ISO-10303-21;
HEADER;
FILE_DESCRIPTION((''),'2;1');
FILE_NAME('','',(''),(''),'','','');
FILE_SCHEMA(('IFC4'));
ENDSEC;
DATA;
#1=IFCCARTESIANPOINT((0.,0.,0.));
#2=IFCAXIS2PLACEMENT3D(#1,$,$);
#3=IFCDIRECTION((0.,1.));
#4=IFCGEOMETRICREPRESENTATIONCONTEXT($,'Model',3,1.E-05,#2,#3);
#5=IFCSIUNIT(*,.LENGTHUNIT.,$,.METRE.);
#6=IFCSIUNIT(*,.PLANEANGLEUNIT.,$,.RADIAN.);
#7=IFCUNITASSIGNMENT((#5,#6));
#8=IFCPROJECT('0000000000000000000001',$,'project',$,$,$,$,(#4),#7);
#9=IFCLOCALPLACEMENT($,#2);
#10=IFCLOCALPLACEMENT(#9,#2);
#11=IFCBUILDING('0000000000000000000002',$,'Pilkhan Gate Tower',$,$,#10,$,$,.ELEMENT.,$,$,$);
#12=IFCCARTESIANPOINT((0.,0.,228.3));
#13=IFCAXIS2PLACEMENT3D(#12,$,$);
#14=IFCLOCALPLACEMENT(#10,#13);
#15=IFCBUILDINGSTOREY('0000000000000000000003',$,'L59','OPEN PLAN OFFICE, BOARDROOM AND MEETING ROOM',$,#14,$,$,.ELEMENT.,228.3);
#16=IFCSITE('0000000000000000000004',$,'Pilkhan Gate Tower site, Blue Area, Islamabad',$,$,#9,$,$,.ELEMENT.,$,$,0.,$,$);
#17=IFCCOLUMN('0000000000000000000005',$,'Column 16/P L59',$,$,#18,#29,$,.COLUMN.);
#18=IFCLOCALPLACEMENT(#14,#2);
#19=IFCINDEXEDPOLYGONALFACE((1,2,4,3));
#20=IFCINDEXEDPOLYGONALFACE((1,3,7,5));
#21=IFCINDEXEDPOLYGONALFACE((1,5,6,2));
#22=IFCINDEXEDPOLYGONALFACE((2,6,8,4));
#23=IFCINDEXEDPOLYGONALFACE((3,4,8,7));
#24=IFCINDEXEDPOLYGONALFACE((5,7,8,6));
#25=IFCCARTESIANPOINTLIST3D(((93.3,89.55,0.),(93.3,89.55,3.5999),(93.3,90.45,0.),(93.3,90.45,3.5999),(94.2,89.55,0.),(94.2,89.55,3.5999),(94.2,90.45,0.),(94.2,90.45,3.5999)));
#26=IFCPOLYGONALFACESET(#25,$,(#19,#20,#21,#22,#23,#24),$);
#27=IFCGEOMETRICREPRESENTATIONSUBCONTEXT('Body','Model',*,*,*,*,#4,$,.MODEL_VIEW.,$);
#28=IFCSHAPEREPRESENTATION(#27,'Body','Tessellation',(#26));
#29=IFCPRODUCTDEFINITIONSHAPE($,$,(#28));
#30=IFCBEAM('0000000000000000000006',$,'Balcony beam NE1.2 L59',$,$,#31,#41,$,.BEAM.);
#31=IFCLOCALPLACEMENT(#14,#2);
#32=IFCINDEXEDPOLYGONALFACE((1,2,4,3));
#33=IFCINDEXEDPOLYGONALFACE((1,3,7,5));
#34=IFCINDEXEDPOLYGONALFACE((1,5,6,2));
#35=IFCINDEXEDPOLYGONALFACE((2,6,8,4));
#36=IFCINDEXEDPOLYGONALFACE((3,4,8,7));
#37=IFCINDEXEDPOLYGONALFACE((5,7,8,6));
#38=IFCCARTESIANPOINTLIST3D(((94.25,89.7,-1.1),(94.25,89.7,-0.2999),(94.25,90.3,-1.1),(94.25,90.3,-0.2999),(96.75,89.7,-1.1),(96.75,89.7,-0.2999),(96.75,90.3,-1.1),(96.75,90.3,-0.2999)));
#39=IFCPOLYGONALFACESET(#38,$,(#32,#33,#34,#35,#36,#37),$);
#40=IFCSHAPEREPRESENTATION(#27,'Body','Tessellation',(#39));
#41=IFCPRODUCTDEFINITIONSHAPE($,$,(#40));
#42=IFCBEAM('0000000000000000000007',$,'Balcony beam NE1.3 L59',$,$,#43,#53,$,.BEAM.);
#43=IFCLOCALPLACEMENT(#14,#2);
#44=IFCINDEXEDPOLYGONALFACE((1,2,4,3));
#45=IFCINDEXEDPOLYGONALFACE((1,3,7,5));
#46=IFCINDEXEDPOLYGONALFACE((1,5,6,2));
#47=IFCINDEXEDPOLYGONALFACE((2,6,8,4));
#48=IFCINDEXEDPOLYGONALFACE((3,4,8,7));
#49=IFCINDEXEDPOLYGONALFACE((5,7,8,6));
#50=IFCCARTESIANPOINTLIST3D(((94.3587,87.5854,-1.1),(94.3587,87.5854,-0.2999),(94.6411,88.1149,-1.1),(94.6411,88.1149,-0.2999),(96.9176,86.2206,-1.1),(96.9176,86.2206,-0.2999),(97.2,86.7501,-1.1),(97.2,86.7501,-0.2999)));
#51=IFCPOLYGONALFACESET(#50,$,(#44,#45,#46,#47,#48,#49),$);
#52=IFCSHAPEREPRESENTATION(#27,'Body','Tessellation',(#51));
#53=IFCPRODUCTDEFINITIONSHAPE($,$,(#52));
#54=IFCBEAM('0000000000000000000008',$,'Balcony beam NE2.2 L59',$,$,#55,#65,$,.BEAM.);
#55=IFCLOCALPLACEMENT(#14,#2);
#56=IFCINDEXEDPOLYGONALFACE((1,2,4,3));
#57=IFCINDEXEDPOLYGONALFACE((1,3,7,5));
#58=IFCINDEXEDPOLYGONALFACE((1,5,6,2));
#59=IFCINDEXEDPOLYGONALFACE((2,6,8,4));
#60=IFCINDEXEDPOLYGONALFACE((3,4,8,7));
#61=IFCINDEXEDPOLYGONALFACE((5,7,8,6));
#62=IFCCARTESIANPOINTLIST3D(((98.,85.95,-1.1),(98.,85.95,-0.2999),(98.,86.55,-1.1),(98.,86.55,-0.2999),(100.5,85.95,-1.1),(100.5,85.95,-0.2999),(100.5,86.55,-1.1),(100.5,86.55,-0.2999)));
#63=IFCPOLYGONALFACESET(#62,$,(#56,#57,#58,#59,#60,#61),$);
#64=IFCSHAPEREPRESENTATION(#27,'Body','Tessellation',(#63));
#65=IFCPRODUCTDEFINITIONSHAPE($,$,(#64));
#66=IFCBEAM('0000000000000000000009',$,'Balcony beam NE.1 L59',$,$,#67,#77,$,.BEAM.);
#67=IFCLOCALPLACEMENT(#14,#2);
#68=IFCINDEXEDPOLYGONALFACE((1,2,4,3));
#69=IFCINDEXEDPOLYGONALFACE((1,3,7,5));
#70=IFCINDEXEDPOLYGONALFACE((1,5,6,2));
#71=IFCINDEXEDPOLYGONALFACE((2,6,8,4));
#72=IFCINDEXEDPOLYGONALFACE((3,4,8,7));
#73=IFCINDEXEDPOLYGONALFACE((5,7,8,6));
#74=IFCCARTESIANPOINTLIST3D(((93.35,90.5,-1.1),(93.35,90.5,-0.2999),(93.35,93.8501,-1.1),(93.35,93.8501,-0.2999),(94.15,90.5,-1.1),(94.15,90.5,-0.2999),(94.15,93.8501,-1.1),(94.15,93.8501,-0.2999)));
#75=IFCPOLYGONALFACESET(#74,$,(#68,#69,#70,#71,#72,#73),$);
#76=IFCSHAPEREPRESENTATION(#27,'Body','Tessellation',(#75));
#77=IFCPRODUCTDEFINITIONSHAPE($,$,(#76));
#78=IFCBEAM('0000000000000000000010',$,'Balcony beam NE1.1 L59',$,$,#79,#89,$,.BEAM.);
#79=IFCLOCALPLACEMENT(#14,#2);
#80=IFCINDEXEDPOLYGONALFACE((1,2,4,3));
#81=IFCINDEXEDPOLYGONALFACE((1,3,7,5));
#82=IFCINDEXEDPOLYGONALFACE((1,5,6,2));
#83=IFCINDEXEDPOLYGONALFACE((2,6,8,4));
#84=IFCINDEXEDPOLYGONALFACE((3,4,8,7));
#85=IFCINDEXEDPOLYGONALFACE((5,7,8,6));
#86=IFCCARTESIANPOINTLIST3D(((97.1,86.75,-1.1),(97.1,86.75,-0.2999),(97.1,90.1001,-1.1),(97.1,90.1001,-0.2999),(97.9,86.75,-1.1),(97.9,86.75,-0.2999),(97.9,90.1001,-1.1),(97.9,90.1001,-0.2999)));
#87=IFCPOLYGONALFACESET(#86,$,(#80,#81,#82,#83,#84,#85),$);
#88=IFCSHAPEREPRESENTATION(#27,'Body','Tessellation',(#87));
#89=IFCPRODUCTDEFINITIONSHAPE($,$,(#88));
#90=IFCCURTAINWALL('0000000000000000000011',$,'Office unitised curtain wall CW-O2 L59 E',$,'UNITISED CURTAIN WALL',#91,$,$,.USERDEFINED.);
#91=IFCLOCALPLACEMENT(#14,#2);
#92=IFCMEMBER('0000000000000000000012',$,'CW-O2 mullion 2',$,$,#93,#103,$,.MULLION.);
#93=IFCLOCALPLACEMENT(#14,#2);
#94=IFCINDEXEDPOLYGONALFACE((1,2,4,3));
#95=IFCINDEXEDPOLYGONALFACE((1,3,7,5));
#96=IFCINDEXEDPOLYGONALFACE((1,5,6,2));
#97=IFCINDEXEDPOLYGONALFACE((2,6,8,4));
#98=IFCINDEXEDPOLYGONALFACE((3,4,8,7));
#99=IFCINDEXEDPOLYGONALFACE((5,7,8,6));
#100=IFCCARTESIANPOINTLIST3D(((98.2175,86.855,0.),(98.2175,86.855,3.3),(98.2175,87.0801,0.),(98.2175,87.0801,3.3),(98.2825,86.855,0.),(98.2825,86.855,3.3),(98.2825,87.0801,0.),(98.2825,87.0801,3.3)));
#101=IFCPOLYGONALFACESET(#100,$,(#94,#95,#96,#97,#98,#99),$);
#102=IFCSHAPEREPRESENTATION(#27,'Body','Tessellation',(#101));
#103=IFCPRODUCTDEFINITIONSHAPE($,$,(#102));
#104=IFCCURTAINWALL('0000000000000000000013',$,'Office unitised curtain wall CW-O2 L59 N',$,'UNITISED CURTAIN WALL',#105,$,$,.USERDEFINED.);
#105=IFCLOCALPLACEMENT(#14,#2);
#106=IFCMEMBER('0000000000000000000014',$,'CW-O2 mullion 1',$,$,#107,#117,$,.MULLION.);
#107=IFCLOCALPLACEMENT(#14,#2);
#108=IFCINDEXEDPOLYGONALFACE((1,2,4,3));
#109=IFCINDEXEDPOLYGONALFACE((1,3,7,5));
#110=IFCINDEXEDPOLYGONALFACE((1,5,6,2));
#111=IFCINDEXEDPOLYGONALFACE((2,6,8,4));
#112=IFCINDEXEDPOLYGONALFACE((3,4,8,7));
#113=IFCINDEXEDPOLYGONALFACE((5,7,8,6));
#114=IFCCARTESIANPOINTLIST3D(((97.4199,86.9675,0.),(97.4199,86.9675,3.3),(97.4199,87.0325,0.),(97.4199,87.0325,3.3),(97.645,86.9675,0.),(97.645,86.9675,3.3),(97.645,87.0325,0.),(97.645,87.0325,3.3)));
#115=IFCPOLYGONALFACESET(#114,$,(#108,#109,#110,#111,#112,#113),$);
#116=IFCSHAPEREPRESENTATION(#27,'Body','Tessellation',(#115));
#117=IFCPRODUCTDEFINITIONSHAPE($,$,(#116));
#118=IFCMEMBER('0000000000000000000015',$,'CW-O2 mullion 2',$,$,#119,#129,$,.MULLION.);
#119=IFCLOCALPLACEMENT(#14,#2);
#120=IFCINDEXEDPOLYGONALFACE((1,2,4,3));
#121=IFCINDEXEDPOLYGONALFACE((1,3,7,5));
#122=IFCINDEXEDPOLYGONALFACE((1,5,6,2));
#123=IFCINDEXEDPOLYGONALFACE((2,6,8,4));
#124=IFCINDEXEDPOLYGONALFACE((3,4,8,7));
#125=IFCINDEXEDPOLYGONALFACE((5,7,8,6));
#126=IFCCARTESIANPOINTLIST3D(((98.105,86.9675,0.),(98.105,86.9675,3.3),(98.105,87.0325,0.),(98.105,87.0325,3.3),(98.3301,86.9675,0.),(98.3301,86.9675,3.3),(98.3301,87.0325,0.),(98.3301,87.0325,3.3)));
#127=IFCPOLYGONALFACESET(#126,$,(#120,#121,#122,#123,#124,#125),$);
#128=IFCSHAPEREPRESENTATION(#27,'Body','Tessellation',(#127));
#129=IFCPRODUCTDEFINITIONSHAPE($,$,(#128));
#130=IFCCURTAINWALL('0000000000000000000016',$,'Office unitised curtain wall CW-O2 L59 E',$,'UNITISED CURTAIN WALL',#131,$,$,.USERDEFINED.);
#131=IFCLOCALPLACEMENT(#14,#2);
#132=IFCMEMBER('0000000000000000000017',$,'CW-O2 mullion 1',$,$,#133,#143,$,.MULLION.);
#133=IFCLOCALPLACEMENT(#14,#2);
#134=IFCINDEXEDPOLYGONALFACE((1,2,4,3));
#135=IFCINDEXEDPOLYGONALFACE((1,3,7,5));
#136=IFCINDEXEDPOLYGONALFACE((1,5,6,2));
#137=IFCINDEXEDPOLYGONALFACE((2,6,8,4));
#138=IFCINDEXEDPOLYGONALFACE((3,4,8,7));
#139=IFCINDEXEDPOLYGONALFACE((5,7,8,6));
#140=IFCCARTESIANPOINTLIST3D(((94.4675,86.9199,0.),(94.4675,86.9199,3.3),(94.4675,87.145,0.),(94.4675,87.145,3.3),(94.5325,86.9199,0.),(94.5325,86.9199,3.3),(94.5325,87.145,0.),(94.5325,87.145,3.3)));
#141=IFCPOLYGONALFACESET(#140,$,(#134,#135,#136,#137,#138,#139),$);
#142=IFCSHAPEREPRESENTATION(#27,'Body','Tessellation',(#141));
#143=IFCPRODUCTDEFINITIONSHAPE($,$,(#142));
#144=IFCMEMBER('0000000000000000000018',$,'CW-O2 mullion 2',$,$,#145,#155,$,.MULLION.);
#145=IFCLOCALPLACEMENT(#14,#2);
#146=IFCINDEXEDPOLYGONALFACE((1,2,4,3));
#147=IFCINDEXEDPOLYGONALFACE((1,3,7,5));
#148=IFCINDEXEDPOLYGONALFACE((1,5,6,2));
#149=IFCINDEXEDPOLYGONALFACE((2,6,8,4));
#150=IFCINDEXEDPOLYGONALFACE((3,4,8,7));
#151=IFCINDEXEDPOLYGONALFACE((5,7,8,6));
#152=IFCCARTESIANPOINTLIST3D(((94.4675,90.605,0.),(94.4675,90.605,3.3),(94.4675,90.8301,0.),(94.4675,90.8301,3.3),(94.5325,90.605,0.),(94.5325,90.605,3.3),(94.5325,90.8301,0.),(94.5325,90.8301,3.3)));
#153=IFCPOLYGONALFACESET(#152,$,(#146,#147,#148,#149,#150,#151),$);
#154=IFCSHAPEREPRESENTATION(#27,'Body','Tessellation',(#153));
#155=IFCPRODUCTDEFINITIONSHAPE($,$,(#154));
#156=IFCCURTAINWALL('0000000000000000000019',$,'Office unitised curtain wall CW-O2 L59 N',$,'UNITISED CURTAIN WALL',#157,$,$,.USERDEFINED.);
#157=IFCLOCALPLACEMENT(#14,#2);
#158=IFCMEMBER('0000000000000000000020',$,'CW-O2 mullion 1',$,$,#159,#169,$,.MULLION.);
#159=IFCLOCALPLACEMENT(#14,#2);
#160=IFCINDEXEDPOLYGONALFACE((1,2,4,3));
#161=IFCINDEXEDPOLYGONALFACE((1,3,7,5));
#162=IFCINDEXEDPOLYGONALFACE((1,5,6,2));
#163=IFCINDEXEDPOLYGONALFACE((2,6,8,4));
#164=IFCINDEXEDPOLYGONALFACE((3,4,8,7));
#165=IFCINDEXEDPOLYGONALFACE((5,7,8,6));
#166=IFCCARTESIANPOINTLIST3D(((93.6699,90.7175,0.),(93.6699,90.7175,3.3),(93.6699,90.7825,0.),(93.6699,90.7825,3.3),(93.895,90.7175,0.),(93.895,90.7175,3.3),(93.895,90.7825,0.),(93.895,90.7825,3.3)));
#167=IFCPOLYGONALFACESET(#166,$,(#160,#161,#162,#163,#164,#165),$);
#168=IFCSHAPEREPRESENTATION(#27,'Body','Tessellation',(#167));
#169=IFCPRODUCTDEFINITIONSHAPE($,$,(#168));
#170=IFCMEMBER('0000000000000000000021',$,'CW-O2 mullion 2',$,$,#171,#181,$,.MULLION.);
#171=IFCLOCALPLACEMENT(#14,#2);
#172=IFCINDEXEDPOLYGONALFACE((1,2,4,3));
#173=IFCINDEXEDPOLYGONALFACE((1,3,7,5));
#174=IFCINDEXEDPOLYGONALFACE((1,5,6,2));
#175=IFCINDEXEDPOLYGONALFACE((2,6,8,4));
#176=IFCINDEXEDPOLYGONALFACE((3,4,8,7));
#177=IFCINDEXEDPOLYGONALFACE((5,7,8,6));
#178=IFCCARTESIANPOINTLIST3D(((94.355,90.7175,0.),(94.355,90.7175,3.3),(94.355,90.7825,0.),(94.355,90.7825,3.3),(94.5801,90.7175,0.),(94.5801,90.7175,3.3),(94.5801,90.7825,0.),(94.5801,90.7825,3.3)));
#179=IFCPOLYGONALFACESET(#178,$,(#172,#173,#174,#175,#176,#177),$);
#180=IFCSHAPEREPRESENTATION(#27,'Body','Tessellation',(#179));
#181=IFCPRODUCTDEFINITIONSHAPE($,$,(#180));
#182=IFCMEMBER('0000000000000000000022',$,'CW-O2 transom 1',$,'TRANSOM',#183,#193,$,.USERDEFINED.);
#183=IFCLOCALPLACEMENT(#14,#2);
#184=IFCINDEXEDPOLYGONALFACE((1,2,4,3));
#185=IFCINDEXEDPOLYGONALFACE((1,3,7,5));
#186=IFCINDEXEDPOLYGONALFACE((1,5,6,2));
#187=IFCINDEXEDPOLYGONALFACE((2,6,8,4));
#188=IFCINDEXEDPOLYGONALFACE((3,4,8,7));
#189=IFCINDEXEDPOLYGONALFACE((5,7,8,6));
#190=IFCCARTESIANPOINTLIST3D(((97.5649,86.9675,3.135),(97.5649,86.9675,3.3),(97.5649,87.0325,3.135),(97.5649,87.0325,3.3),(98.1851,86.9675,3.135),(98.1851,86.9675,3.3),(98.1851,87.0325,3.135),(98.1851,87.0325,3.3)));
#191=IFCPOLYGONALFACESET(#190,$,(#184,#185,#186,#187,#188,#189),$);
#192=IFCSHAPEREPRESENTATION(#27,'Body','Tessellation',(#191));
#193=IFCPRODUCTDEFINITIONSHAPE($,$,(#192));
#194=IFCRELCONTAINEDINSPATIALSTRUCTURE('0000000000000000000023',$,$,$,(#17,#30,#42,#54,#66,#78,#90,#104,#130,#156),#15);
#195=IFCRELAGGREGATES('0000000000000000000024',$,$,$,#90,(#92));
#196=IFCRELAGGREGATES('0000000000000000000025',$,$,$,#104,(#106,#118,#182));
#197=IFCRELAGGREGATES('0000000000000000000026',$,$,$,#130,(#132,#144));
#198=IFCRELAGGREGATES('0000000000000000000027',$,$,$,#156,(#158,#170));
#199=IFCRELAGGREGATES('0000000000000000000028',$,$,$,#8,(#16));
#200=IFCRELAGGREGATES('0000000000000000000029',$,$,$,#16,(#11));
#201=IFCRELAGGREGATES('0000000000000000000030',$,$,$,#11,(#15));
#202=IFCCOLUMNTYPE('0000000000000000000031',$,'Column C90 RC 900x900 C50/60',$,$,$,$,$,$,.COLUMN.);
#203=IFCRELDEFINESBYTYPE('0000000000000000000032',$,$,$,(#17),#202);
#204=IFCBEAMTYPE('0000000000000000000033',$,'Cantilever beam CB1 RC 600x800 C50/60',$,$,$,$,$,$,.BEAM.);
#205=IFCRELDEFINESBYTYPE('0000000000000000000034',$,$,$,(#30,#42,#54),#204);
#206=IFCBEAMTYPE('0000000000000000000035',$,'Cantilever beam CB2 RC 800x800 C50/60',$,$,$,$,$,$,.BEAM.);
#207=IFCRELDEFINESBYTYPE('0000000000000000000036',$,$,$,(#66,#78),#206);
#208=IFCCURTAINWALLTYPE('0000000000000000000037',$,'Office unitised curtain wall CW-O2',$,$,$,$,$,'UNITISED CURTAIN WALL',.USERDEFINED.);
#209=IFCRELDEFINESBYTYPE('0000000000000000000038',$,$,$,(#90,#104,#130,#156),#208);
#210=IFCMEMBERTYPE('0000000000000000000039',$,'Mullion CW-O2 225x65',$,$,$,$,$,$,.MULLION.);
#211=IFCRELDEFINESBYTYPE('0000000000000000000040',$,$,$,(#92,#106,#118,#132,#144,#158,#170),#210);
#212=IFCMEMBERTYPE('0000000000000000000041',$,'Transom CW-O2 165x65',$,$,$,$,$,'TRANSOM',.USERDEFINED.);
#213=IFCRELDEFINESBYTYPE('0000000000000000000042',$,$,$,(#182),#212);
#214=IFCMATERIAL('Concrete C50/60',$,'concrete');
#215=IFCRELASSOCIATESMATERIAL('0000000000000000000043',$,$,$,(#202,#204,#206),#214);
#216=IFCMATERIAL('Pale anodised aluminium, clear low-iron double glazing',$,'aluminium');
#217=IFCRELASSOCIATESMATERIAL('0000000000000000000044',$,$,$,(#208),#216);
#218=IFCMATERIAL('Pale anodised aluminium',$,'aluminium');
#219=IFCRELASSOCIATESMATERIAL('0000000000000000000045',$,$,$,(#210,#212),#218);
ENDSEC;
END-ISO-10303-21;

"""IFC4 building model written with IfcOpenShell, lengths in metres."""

from ifc_helpers import new_model, si_unit, direction, frame, origin, origin_2d, place, context, subcontext, project, spatial, rectangle, extrude, material, material_profile, profile_set, type_object, element, aggregate, save


model = new_model("IFC4")

# Units and contexts
model_context = context("Model", 3, precision=1e-05, world=origin(), true_north=direction((0.0, 1.0)))
body_context = subcontext(model_context, "Body", "Model", "MODEL_VIEW")
ifc_project = project(units=[si_unit("LENGTHUNIT", "METRE"), si_unit("PLANEANGLEUNIT", "RADIAN")], contexts=[model_context])

# Site, building, storey
site_placement = place(None, origin())
site = spatial("IfcSite", under=ifc_project, at=site_placement, Name="Pilkhan Gate Tower site, Blue Area, Islamabad", CompositionType="ELEMENT", RefElevation=0.0)
building_placement = place(site_placement, origin())
building = spatial("IfcBuilding", under=site, at=building_placement, Name="Pilkhan Gate Tower", CompositionType="ELEMENT")
storey_placement = place(building_placement, frame((0.0, 0.0, 228.3)))
storey = spatial("IfcBuildingStorey", under=building, at=storey_placement, Name="L59", Description="OPEN PLAN OFFICE, BOARDROOM AND MEETING ROOM", CompositionType="ELEMENT", Elevation=228.3)

# Column
ifc_material_1 = material(Name="Concrete C50/60", Category="concrete")
ifc_material_profile_1 = material_profile(ifc_material_1, rectangle(XDim=0.8999, YDim=0.8999, at=origin_2d()), Name="RC 900x900")
ifc_profile_set_1 = profile_set([ifc_material_profile_1], Name="Concrete C50/60")
column_type = type_object("IfcColumnType", Name="Column C90 RC 900x900 C50/60", PredefinedType="COLUMN", material=ifc_profile_set_1)
column_placement = place(storey_placement, frame((93.75, 90.0, 0.0), z_axis=(0.0, 0.0, 1.0), x_axis=(1.0, 0.0, 0.0)))
element("IfcColumn", 1, at=column_placement, inside=storey, type_object=column_type, Name="Column 16/P L59", PredefinedType="COLUMN", context=body_context, shape_type="SweptSolid", body=[
    extrude(rectangle(XDim=0.8999, YDim=0.8999, at=origin_2d()), origin(), (0.0, 0.0, 1.0), 3.5999),
])

# Beams
ifc_material_profile_2 = material_profile(ifc_material_1, rectangle(XDim=0.6001, YDim=0.8, at=origin_2d()), Name="RC 600x800")
ifc_profile_set_2 = profile_set([ifc_material_profile_2], Name="Concrete C50/60")
beam_type_1 = type_object("IfcBeamType", Name="Cantilever beam CB1 RC 600x800 C50/60", PredefinedType="BEAM", material=ifc_profile_set_2)
beam_1_placement = place(storey_placement, frame((94.25, 90.0, -0.7), z_axis=(1.0, 0.0, 0.0), x_axis=(0.0, 1.0, 0.0)))
element("IfcBeam", 2, at=beam_1_placement, inside=storey, type_object=beam_type_1, Name="Balcony beam NE1.2 L59", PredefinedType="BEAM", context=body_context, shape_type="SweptSolid", body=[
    extrude(rectangle(XDim=0.6001, YDim=0.8, at=origin_2d()), origin(), (0.0, 0.0, 1.0), 2.5),
])
beam_2_placement = place(storey_placement, frame((97.0588, 86.4854, -0.7), z_axis=(-0.882348, 0.470597, 0.0), x_axis=(-0.470597, -0.882348, 0.0)))
element("IfcBeam", 3, at=beam_2_placement, inside=storey, type_object=beam_type_1, Name="Balcony beam NE1.3 L59", PredefinedType="BEAM", context=body_context, shape_type="SweptSolid", body=[
    extrude(rectangle(XDim=0.6001, YDim=0.8, at=origin_2d()), origin(), (0.0, 0.0, 1.0), 2.9001),
])
beam_3_placement = place(storey_placement, frame((98.0, 86.25, -0.7), z_axis=(1.0, 0.0, 0.0), x_axis=(0.0, 1.0, 0.0)))
element("IfcBeam", 4, at=beam_3_placement, inside=storey, type_object=beam_type_1, Name="Balcony beam NE2.2 L59", PredefinedType="BEAM", context=body_context, shape_type="SweptSolid", body=[
    extrude(rectangle(XDim=0.6001, YDim=0.8, at=origin_2d()), origin(), (0.0, 0.0, 1.0), 2.5),
])
ifc_material_profile_3 = material_profile(ifc_material_1, rectangle(XDim=0.8, YDim=0.8, at=origin_2d()), Name="RC 800x800")
ifc_profile_set_3 = profile_set([ifc_material_profile_3], Name="Concrete C50/60")
beam_type_2 = type_object("IfcBeamType", Name="Cantilever beam CB2 RC 800x800 C50/60", PredefinedType="BEAM", material=ifc_profile_set_3)
for number, where, z_axis, x_axis, name in (
    (5, (93.75, 90.5, -0.7), (0.0, 1.0, 0.0), (-1.0, 0.0, 0.0), "Balcony beam NE.1 L59"),
    (6, (97.5, 86.75, -0.7), (0.0, 1.0, 0.0), (-1.0, 0.0, 0.0), "Balcony beam NE1.1 L59"),
):
    element("IfcBeam", number, at=place(storey_placement, frame(where, z_axis=z_axis, x_axis=x_axis)), inside=storey, type_object=beam_type_2, Name=name, PredefinedType="BEAM", context=body_context, shape_type="SweptSolid", body=[
        extrude(rectangle(XDim=0.8, YDim=0.8, at=origin_2d()), origin(), (0.0, 0.0, 1.0), 3.3501),
    ])

# Curtain wall, member
ifc_material_2 = material(Name="Pale anodised aluminium, clear low-iron double glazing", Category="aluminium")
curtain_wall_type = type_object("IfcCurtainWallType", Name="Office unitised curtain wall CW-O2", ElementType="UNITISED CURTAIN WALL", PredefinedType="USERDEFINED", material=ifc_material_2)
curtain_wall_1_placement = place(storey_placement, origin())
curtain_wall_1 = element("IfcCurtainWall", 7, at=curtain_wall_1_placement, inside=storey, type_object=curtain_wall_type, Name="Office unitised curtain wall CW-O2 L59 E", ObjectType="UNITISED CURTAIN WALL", PredefinedType="USERDEFINED")
ifc_material_3 = material(Name="Pale anodised aluminium", Category="aluminium")
ifc_material_profile_4 = material_profile(ifc_material_3, rectangle(XDim=0.0649, YDim=0.2251, at=origin_2d()), Name="Mullion 225x65")
ifc_profile_set_4 = profile_set([ifc_material_profile_4], Name="Pale anodised aluminium")
member_type_1 = type_object("IfcMemberType", Name="Mullion CW-O2 225x65", PredefinedType="MULLION", material=ifc_profile_set_4)
member_1_placement = place(storey_placement, frame((98.25, 86.9675, 0.0), z_axis=(0.0, 0.0, 1.0), x_axis=(-1.0, 0.0, 0.0)))
member_1 = element("IfcMember", 8, at=member_1_placement, type_object=member_type_1, Name="CW-O2 mullion 2", PredefinedType="MULLION", context=body_context, shape_type="SweptSolid", body=[
    extrude(rectangle(XDim=0.0649, YDim=0.2251, at=origin_2d()), origin(), (0.0, 0.0, 1.0), 3.3),
])
aggregate(curtain_wall_1, [member_1])

# Curtain walls, members
curtain_wall_2_placement = place(storey_placement, origin())
curtain_wall_2 = element("IfcCurtainWall", 9, at=curtain_wall_2_placement, inside=storey, type_object=curtain_wall_type, Name="Office unitised curtain wall CW-O2 L59 N", ObjectType="UNITISED CURTAIN WALL", PredefinedType="USERDEFINED")
member_2_placement = place(storey_placement, frame((97.5325, 87.0, 0.0), z_axis=(0.0, 0.0, 1.0), x_axis=(0.0, 1.0, 0.0)))
member_2 = element("IfcMember", 10, at=member_2_placement, type_object=member_type_1, Name="CW-O2 mullion 1", PredefinedType="MULLION", context=body_context, shape_type="SweptSolid", body=[
    extrude(rectangle(XDim=0.0649, YDim=0.2251, at=origin_2d()), origin(), (0.0, 0.0, 1.0), 3.3),
])
member_3_placement = place(storey_placement, frame((98.2175, 87.0, 0.0), z_axis=(0.0, 0.0, 1.0), x_axis=(0.0, 1.0, 0.0)))
member_3 = element("IfcMember", 11, at=member_3_placement, type_object=member_type_1, Name="CW-O2 mullion 2", PredefinedType="MULLION", context=body_context, shape_type="SweptSolid", body=[
    extrude(rectangle(XDim=0.0649, YDim=0.2251, at=origin_2d()), origin(), (0.0, 0.0, 1.0), 3.3),
])
curtain_wall_3_placement = place(storey_placement, origin())
curtain_wall_3 = element("IfcCurtainWall", 12, at=curtain_wall_3_placement, inside=storey, type_object=curtain_wall_type, Name="Office unitised curtain wall CW-O2 L59 E", ObjectType="UNITISED CURTAIN WALL", PredefinedType="USERDEFINED")
member_4_placement = place(storey_placement, frame((94.5, 87.0325, 0.0), z_axis=(0.0, 0.0, 1.0), x_axis=(-1.0, 0.0, 0.0)))
member_4 = element("IfcMember", 13, at=member_4_placement, type_object=member_type_1, Name="CW-O2 mullion 1", PredefinedType="MULLION", context=body_context, shape_type="SweptSolid", body=[
    extrude(rectangle(XDim=0.0649, YDim=0.2251, at=origin_2d()), origin(), (0.0, 0.0, 1.0), 3.3),
])
member_5_placement = place(storey_placement, frame((94.5, 90.7175, 0.0), z_axis=(0.0, 0.0, 1.0), x_axis=(-1.0, 0.0, 0.0)))
member_5 = element("IfcMember", 14, at=member_5_placement, type_object=member_type_1, Name="CW-O2 mullion 2", PredefinedType="MULLION", context=body_context, shape_type="SweptSolid", body=[
    extrude(rectangle(XDim=0.0649, YDim=0.2251, at=origin_2d()), origin(), (0.0, 0.0, 1.0), 3.3),
])
curtain_wall_4_placement = place(storey_placement, origin())
curtain_wall_4 = element("IfcCurtainWall", 15, at=curtain_wall_4_placement, inside=storey, type_object=curtain_wall_type, Name="Office unitised curtain wall CW-O2 L59 N", ObjectType="UNITISED CURTAIN WALL", PredefinedType="USERDEFINED")
member_6_placement = place(storey_placement, frame((93.7825, 90.75, 0.0), z_axis=(0.0, 0.0, 1.0), x_axis=(0.0, 1.0, 0.0)))
member_6 = element("IfcMember", 16, at=member_6_placement, type_object=member_type_1, Name="CW-O2 mullion 1", PredefinedType="MULLION", context=body_context, shape_type="SweptSolid", body=[
    extrude(rectangle(XDim=0.0649, YDim=0.2251, at=origin_2d()), origin(), (0.0, 0.0, 1.0), 3.3),
])
member_7_placement = place(storey_placement, frame((94.4675, 90.75, 0.0), z_axis=(0.0, 0.0, 1.0), x_axis=(0.0, 1.0, 0.0)))
member_7 = element("IfcMember", 17, at=member_7_placement, type_object=member_type_1, Name="CW-O2 mullion 2", PredefinedType="MULLION", context=body_context, shape_type="SweptSolid", body=[
    extrude(rectangle(XDim=0.0649, YDim=0.2251, at=origin_2d()), origin(), (0.0, 0.0, 1.0), 3.3),
])

# Member
ifc_material_profile_5 = material_profile(ifc_material_3, rectangle(XDim=0.0649, YDim=0.165, at=origin_2d()), Name="Transom 165x65")
ifc_profile_set_5 = profile_set([ifc_material_profile_5], Name="Pale anodised aluminium")
member_type_2 = type_object("IfcMemberType", Name="Transom CW-O2 165x65", ElementType="TRANSOM", PredefinedType="USERDEFINED", material=ifc_profile_set_5)
member_8_placement = place(storey_placement, frame((97.5649, 87.0, 3.2175), z_axis=(1.0, 0.0, 0.0), x_axis=(0.0, 1.0, 0.0)))
member_8 = element("IfcMember", 18, at=member_8_placement, type_object=member_type_2, Name="CW-O2 transom 1", ObjectType="TRANSOM", PredefinedType="USERDEFINED", context=body_context, shape_type="SweptSolid", body=[
    extrude(rectangle(XDim=0.0649, YDim=0.165, at=origin_2d()), origin(), (0.0, 0.0, 1.0), 0.6201),
])

aggregate(curtain_wall_2, [member_2, member_3, member_8])
aggregate(curtain_wall_3, [member_4, member_5])
aggregate(curtain_wall_4, [member_6, member_7])

save(model, "model.ifc")
